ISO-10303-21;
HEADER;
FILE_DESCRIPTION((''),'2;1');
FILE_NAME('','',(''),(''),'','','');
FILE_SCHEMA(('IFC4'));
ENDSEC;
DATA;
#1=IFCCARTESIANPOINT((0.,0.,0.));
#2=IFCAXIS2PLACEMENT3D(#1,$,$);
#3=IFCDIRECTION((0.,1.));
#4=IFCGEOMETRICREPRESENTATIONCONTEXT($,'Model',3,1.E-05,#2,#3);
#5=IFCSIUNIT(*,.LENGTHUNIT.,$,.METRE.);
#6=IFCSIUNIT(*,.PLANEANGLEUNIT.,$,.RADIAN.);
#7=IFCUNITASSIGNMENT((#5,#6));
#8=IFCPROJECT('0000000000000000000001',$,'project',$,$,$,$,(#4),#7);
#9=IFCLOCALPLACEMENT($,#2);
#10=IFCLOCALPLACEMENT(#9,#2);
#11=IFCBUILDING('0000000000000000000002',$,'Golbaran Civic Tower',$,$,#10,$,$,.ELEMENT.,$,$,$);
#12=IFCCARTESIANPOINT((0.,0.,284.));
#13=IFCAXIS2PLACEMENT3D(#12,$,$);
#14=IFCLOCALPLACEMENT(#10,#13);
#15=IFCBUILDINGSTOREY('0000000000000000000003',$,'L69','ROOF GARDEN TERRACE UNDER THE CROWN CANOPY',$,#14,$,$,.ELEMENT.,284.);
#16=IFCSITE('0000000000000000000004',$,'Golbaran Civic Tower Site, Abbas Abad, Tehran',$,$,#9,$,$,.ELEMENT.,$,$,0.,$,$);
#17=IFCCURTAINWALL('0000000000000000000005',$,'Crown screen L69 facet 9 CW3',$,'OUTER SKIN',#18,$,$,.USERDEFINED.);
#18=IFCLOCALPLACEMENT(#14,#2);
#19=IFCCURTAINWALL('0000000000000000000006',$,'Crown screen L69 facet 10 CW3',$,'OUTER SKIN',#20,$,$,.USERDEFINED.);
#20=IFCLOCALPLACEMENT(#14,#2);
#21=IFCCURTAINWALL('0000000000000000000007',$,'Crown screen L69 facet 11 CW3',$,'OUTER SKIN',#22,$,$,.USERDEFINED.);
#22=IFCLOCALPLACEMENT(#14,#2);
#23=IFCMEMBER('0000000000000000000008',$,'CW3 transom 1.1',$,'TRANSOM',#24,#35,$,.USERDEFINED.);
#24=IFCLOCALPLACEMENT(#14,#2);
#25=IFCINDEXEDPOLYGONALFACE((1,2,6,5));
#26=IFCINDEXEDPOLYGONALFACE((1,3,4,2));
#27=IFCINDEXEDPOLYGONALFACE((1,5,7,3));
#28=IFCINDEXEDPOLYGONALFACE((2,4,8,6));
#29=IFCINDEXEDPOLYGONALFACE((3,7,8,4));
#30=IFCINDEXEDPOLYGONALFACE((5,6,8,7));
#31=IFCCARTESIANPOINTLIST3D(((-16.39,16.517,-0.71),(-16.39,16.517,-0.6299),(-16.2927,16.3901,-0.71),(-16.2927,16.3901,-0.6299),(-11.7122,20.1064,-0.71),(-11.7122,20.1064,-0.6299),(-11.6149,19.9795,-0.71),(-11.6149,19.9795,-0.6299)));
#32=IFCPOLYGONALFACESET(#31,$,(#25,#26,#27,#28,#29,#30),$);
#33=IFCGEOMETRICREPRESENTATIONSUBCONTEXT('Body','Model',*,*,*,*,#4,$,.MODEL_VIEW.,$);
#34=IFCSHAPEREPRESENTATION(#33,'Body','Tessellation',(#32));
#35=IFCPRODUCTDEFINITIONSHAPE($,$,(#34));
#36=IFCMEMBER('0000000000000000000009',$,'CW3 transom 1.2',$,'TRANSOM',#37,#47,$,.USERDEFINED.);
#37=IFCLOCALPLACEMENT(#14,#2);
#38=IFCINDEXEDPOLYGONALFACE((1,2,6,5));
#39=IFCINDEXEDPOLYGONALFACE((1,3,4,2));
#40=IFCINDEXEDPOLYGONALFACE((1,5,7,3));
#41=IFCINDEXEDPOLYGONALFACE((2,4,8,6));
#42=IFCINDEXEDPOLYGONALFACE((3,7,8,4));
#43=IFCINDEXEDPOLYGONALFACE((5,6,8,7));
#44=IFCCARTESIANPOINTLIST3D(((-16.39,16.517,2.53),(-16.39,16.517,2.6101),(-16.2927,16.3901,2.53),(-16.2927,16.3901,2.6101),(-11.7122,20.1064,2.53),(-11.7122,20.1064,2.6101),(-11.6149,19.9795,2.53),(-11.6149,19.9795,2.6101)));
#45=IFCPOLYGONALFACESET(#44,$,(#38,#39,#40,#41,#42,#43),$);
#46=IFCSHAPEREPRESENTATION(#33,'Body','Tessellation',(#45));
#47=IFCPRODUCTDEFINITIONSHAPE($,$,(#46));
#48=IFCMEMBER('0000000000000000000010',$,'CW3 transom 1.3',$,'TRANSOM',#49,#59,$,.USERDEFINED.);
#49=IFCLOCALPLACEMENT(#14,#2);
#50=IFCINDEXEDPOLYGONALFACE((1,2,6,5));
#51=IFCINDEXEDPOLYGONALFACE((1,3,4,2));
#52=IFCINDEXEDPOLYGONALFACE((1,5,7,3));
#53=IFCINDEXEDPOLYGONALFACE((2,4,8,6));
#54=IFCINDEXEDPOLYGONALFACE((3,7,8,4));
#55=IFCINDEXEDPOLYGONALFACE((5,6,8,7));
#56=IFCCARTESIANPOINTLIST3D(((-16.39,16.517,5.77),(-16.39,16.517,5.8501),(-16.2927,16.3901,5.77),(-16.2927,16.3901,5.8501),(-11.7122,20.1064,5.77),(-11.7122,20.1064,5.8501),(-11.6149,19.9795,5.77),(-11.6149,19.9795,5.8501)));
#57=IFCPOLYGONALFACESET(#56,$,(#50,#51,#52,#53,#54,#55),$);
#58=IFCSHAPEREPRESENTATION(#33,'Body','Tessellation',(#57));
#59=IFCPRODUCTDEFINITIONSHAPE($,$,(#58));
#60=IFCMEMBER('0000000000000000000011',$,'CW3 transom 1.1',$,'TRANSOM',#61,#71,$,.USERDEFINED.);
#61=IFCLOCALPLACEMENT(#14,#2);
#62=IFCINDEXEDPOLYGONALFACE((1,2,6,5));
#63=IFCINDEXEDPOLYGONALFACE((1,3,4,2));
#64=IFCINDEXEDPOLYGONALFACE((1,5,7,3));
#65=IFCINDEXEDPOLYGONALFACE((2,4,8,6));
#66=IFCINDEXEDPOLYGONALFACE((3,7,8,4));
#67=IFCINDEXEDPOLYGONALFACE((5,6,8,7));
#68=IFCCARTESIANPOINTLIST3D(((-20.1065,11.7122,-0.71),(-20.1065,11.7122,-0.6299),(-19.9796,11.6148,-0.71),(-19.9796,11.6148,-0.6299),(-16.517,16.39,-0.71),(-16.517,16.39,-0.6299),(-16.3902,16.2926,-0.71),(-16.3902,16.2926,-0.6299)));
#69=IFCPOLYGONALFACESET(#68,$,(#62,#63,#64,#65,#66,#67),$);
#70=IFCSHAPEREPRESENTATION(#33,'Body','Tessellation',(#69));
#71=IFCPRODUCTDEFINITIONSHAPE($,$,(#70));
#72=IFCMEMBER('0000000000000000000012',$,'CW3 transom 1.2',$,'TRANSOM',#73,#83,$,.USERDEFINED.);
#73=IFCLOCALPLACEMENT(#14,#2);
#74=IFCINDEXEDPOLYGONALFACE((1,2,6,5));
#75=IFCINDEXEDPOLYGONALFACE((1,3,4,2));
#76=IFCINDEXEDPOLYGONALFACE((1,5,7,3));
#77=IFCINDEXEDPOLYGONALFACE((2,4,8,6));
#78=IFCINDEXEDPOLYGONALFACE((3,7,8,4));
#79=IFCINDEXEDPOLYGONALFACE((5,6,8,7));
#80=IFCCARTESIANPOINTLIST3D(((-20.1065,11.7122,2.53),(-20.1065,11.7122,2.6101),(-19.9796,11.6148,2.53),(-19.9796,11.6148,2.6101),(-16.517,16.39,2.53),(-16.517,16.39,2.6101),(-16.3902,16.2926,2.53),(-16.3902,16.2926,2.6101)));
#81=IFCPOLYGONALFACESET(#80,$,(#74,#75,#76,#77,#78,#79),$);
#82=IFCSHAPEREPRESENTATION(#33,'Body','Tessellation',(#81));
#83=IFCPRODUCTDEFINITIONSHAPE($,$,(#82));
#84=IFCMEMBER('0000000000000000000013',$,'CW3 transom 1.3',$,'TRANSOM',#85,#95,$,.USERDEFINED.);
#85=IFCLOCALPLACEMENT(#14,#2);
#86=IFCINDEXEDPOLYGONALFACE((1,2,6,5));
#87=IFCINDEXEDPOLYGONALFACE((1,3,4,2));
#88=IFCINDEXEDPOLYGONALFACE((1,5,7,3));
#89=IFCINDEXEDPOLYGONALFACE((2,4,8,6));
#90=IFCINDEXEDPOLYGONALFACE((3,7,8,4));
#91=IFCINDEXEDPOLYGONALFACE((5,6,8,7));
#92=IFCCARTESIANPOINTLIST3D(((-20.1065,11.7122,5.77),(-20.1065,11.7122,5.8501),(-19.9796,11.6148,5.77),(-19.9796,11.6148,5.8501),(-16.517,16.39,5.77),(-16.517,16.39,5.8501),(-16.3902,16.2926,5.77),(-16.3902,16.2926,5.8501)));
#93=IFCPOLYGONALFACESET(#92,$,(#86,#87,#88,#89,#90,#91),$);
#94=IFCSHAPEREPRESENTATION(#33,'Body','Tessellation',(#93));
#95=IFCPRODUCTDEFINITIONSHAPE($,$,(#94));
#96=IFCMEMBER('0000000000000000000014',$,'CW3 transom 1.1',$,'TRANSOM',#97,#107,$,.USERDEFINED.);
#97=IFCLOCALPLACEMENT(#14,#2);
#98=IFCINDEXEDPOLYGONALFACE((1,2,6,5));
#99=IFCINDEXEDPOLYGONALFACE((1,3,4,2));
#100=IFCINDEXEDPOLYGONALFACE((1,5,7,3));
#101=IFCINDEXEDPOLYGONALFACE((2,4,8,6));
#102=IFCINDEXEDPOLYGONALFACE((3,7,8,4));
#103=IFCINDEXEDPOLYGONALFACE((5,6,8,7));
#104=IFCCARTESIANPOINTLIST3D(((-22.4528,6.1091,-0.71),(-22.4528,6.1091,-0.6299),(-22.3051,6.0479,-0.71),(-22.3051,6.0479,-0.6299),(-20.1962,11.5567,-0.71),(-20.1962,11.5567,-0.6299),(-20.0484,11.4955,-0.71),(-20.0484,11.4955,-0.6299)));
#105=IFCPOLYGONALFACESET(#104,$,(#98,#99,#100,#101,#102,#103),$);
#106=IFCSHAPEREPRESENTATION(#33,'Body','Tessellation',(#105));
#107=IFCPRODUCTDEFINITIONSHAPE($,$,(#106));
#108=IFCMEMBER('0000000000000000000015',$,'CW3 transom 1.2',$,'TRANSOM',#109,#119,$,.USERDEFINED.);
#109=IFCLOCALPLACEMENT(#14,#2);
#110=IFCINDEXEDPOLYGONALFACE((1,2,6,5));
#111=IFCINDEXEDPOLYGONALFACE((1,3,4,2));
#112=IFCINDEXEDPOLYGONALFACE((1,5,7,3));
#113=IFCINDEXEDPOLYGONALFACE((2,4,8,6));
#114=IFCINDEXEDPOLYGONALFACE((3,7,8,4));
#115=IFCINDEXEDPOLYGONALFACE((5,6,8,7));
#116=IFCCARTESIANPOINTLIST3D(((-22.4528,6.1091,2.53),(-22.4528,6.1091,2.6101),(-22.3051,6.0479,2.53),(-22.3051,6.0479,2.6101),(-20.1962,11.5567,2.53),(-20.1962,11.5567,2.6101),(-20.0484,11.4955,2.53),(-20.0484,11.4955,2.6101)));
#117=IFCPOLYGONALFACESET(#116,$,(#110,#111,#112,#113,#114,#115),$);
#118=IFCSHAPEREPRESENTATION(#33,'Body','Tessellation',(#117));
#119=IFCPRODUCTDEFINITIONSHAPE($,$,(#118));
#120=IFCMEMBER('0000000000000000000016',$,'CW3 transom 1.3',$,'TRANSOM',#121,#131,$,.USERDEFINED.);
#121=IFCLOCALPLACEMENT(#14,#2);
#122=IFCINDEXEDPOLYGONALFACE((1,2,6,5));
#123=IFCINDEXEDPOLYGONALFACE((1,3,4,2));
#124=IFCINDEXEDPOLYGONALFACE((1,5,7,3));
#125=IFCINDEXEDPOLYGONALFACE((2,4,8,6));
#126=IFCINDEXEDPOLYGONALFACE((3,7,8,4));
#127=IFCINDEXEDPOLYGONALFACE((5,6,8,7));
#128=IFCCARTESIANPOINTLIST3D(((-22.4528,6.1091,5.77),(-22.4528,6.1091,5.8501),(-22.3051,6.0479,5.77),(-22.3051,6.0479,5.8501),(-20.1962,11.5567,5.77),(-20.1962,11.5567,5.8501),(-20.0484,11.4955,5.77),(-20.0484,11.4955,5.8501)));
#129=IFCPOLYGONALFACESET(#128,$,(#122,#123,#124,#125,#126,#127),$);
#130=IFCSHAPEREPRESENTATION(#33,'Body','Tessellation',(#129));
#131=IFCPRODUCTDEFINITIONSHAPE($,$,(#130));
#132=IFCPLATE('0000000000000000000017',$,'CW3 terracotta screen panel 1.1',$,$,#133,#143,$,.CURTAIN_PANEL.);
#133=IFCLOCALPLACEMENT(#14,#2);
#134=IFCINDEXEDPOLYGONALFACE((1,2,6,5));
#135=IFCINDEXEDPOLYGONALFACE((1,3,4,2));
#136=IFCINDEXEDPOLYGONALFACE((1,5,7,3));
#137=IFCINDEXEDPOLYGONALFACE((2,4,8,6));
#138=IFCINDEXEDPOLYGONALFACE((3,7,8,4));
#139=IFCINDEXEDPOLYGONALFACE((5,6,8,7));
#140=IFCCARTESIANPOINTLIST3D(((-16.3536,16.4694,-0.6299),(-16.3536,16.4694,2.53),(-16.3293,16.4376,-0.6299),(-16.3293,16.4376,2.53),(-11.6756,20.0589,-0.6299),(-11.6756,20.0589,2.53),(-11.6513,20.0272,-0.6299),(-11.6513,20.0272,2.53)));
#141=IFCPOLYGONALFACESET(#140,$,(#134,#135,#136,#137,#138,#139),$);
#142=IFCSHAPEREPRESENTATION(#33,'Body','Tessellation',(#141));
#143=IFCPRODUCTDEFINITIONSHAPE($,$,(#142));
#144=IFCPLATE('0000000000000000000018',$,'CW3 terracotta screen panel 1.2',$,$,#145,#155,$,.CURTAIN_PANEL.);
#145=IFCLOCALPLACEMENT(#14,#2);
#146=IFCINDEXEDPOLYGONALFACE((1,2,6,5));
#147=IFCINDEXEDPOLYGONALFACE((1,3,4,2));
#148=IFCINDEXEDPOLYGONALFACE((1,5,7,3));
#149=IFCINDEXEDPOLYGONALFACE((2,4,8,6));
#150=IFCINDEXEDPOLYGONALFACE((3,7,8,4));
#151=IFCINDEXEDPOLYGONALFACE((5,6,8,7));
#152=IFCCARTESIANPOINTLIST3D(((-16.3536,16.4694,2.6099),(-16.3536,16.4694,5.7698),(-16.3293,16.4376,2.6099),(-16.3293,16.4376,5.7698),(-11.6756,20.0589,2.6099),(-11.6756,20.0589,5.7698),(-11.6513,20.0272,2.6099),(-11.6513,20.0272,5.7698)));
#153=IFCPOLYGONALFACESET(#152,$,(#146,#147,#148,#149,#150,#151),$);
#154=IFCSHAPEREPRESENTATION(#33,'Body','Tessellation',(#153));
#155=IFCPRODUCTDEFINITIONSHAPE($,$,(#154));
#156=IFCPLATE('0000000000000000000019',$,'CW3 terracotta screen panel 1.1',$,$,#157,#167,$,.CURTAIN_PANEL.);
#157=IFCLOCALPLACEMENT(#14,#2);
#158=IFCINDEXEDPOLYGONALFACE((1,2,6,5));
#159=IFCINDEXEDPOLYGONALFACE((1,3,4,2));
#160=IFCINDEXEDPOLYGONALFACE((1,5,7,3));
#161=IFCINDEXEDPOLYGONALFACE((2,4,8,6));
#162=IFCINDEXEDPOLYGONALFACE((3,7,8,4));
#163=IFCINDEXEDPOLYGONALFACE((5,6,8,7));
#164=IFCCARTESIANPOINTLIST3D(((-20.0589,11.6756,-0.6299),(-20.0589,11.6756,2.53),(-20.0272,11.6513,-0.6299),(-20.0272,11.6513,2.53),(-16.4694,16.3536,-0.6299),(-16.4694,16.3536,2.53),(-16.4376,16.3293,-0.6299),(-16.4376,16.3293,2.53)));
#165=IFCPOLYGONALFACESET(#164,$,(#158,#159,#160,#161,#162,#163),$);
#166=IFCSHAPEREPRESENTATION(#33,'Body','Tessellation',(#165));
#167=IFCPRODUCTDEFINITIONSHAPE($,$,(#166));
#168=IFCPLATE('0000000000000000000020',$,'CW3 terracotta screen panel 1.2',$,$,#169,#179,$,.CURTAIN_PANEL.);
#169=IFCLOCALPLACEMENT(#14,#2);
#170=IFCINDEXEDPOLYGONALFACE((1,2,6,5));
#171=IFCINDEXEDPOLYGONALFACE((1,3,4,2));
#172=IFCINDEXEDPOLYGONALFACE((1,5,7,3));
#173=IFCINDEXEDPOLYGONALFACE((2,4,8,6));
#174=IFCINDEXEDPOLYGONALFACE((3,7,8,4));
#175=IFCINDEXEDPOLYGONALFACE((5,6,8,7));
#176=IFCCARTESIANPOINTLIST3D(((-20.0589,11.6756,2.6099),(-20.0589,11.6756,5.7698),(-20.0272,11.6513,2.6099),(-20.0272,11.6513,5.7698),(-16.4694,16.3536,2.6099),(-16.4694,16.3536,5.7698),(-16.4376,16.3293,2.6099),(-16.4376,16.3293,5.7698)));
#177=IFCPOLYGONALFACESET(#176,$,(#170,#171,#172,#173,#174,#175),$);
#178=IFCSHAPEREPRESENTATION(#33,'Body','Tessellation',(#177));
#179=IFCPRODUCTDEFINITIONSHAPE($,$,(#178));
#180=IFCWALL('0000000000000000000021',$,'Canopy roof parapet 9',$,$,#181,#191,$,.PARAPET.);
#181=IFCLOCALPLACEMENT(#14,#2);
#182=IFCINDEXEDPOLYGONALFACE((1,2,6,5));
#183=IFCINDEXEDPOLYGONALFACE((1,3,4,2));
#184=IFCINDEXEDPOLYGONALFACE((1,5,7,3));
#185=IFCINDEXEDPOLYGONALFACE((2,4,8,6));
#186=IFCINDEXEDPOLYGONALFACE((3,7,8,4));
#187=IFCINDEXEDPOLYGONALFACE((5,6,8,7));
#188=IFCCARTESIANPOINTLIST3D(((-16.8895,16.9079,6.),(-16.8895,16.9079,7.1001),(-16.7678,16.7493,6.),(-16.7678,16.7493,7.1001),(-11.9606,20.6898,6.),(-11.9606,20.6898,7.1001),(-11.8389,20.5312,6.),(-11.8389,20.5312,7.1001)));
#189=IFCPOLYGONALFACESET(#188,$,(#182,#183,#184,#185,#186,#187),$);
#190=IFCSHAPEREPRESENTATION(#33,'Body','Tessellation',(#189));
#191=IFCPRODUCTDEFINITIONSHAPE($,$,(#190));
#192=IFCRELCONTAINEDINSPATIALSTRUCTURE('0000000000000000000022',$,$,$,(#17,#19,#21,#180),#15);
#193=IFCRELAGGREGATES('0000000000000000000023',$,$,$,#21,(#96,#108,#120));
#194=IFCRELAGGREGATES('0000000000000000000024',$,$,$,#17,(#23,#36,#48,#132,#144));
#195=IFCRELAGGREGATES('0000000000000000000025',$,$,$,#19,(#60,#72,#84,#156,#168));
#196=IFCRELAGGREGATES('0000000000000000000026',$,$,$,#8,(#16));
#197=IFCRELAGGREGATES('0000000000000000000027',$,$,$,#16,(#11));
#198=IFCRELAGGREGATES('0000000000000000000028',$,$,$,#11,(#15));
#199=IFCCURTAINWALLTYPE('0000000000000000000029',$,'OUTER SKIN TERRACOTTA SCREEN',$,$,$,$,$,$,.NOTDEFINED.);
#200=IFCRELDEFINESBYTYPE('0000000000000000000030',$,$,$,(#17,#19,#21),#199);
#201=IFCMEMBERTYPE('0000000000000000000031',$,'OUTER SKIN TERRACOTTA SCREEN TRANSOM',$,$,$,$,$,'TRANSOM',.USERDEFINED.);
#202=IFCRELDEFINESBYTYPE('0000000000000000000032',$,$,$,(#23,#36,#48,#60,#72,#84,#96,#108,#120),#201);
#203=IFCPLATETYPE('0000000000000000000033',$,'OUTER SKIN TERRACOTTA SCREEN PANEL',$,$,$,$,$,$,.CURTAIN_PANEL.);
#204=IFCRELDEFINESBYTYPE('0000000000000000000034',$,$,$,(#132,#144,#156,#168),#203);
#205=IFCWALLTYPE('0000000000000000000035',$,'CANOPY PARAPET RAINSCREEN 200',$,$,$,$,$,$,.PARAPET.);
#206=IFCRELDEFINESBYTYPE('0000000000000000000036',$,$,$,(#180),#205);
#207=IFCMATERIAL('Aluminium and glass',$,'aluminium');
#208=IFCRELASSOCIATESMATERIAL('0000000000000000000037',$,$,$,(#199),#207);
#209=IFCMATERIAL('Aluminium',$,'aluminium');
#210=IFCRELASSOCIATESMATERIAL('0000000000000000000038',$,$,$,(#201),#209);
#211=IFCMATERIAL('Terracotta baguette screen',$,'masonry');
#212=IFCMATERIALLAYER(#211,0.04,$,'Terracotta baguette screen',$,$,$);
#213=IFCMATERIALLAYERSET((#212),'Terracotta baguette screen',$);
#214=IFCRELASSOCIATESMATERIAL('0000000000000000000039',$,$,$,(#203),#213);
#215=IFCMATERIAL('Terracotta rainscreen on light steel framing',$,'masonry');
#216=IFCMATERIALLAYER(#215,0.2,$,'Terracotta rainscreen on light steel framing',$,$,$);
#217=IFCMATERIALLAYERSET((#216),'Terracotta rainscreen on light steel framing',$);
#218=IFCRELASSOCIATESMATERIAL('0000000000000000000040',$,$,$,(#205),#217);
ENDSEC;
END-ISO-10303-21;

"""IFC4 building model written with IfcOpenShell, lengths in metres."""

from ifc_helpers import new_model, si_unit, direction, frame, frame_2d, origin, origin_2d, place, context, subcontext, project, spatial, rectangle, extrude, material, layer, layer_set, material_profile, profile_set, type_object, element, aggregate, save


model = new_model("IFC4")

# Units and contexts
model_context = context("Model", 3, precision=1e-05, world=origin(), true_north=direction((0.0, 1.0)))
body_context = subcontext(model_context, "Body", "Model", "MODEL_VIEW")
ifc_project = project(units=[si_unit("LENGTHUNIT", "METRE"), si_unit("PLANEANGLEUNIT", "RADIAN")], contexts=[model_context])

# Site, building, storey
site_placement = place(None, origin())
site = spatial("IfcSite", under=ifc_project, at=site_placement, Name="Golbaran Civic Tower Site, Abbas Abad, Tehran", CompositionType="ELEMENT", RefElevation=0.0)
building_placement = place(site_placement, origin())
building = spatial("IfcBuilding", under=site, at=building_placement, Name="Golbaran Civic Tower", CompositionType="ELEMENT")
storey_placement = place(building_placement, frame((0.0, 0.0, 284.0)))
storey = spatial("IfcBuildingStorey", under=building, at=storey_placement, Name="L69", Description="ROOF GARDEN TERRACE UNDER THE CROWN CANOPY", CompositionType="ELEMENT", Elevation=284.0)

# Curtain walls
ifc_material_1 = material(Name="Aluminium and glass", Category="aluminium")
curtain_wall_type = type_object("IfcCurtainWallType", Name="OUTER SKIN TERRACOTTA SCREEN", PredefinedType="NOTDEFINED", material=ifc_material_1)
curtain_wall_1_placement = place(storey_placement, origin())
curtain_wall_1 = element("IfcCurtainWall", 1, at=curtain_wall_1_placement, inside=storey, type_object=curtain_wall_type, Name="Crown screen L69 facet 9 CW3", ObjectType="OUTER SKIN", PredefinedType="USERDEFINED")
ifc_material_2 = material(Name="Aluminium", Category="aluminium")
curtain_wall_2_placement = place(storey_placement, origin())
curtain_wall_2 = element("IfcCurtainWall", 2, at=curtain_wall_2_placement, inside=storey, type_object=curtain_wall_type, Name="Crown screen L69 facet 10 CW3", ObjectType="OUTER SKIN", PredefinedType="USERDEFINED")

# Curtain wall
curtain_wall_3_placement = place(storey_placement, origin())
curtain_wall_3 = element("IfcCurtainWall", 3, at=curtain_wall_3_placement, inside=storey, type_object=curtain_wall_type, Name="Crown screen L69 facet 11 CW3", ObjectType="OUTER SKIN", PredefinedType="USERDEFINED")

# Members
ifc_material_profile_1 = material_profile(ifc_material_2, rectangle(XDim=0.1599, YDim=0.0801, at=origin_2d()), Name="OUTER SKIN TERRACOTTA SCREEN TRANSOM")
ifc_profile_set_1 = profile_set([ifc_material_profile_1], Name="Aluminium")
member_type_1 = type_object("IfcMemberType", Name="OUTER SKIN TERRACOTTA SCREEN TRANSOM", ElementType="TRANSOM", PredefinedType="USERDEFINED", material=ifc_profile_set_1)
member_1_placement = place(storey_placement, frame((-11.6636, 20.043, -0.6699), z_axis=(-0.793353, -0.608762, 0.0), x_axis=(0.608762, -0.793353, 0.0)))
member_1 = element("IfcMember", 4, at=member_1_placement, type_object=member_type_1, Name="CW3 transom 1.1", ObjectType="TRANSOM", PredefinedType="USERDEFINED", context=body_context, shape_type="SweptSolid", body=[
    extrude(rectangle(XDim=0.1599, YDim=0.0801, at=origin_2d()), origin(), (0.0, 0.0, 1.0), 5.8962),
])
member_2_placement = place(storey_placement, frame((-11.6636, 20.043, 2.5701), z_axis=(-0.793353, -0.608762, 0.0), x_axis=(0.608762, -0.793353, 0.0)))
member_2 = element("IfcMember", 5, at=member_2_placement, type_object=member_type_1, Name="CW3 transom 1.2", ObjectType="TRANSOM", PredefinedType="USERDEFINED", context=body_context, shape_type="SweptSolid", body=[
    extrude(rectangle(XDim=0.1599, YDim=0.0801, at=origin_2d()), origin(), (0.0, 0.0, 1.0), 5.8962),
])
member_3_placement = place(storey_placement, frame((-11.6636, 20.043, 5.8101), z_axis=(-0.793353, -0.608762, 0.0), x_axis=(0.608762, -0.793353, 0.0)))
member_3 = element("IfcMember", 6, at=member_3_placement, type_object=member_type_1, Name="CW3 transom 1.3", ObjectType="TRANSOM", PredefinedType="USERDEFINED", context=body_context, shape_type="SweptSolid", body=[
    extrude(rectangle(XDim=0.1599, YDim=0.0801, at=origin_2d()), origin(), (0.0, 0.0, 1.0), 5.8962),
])
member_4_placement = place(storey_placement, frame((-16.4536, 16.3413, -0.6699), z_axis=(-0.608762, -0.793353, 0.0), x_axis=(0.793353, -0.608762, 0.0)))
member_4 = element("IfcMember", 7, at=member_4_placement, type_object=member_type_1, Name="CW3 transom 1.1", ObjectType="TRANSOM", PredefinedType="USERDEFINED", context=body_context, shape_type="SweptSolid", body=[
    extrude(rectangle(XDim=0.1599, YDim=0.0801, at=origin_2d()), origin(), (0.0, 0.0, 1.0), 5.8962),
])
member_5_placement = place(storey_placement, frame((-16.4536, 16.3413, 2.5701), z_axis=(-0.608762, -0.793353, 0.0), x_axis=(0.793353, -0.608762, 0.0)))
member_5 = element("IfcMember", 8, at=member_5_placement, type_object=member_type_1, Name="CW3 transom 1.2", ObjectType="TRANSOM", PredefinedType="USERDEFINED", context=body_context, shape_type="SweptSolid", body=[
    extrude(rectangle(XDim=0.1599, YDim=0.0801, at=origin_2d()), origin(), (0.0, 0.0, 1.0), 5.8962),
])
member_6_placement = place(storey_placement, frame((-16.4536, 16.3413, 5.8101), z_axis=(-0.608762, -0.793353, 0.0), x_axis=(0.793353, -0.608762, 0.0)))
member_6 = element("IfcMember", 9, at=member_6_placement, type_object=member_type_1, Name="CW3 transom 1.3", ObjectType="TRANSOM", PredefinedType="USERDEFINED", context=body_context, shape_type="SweptSolid", body=[
    extrude(rectangle(XDim=0.1599, YDim=0.0801, at=origin_2d()), origin(), (0.0, 0.0, 1.0), 5.8962),
])
member_7_placement = place(storey_placement, frame((-20.1223, 11.5261, -0.6699), z_axis=(-0.382707, -0.92387, 0.0), x_axis=(0.92387, -0.382707, 0.0)))
member_7 = element("IfcMember", 10, at=member_7_placement, type_object=member_type_1, Name="CW3 transom 1.1", ObjectType="TRANSOM", PredefinedType="USERDEFINED", context=body_context, shape_type="SweptSolid", body=[
    extrude(rectangle(XDim=0.1599, YDim=0.0801, at=origin_2d()), origin(), (0.0, 0.0, 1.0), 5.8965),
])
member_8_placement = place(storey_placement, frame((-20.1223, 11.5261, 2.5701), z_axis=(-0.382707, -0.92387, 0.0), x_axis=(0.92387, -0.382707, 0.0)))
member_8 = element("IfcMember", 11, at=member_8_placement, type_object=member_type_1, Name="CW3 transom 1.2", ObjectType="TRANSOM", PredefinedType="USERDEFINED", context=body_context, shape_type="SweptSolid", body=[
    extrude(rectangle(XDim=0.1599, YDim=0.0801, at=origin_2d()), origin(), (0.0, 0.0, 1.0), 5.8965),
])
member_9_placement = place(storey_placement, frame((-20.1223, 11.5261, 5.8101), z_axis=(-0.382707, -0.92387, 0.0), x_axis=(0.92387, -0.382707, 0.0)))
member_9 = element("IfcMember", 12, at=member_9_placement, type_object=member_type_1, Name="CW3 transom 1.3", ObjectType="TRANSOM", PredefinedType="USERDEFINED", context=body_context, shape_type="SweptSolid", body=[
    extrude(rectangle(XDim=0.1599, YDim=0.0801, at=origin_2d()), origin(), (0.0, 0.0, 1.0), 5.8965),
])
aggregate(curtain_wall_3, [member_7, member_8, member_9])

# Plates
ifc_material_3 = material(Name="Terracotta baguette screen", Category="masonry")
ifc_layer_1 = layer(ifc_material_3, 0.04, Name="Terracotta baguette screen")
ifc_layer_set_1 = layer_set([ifc_layer_1], Name="Terracotta baguette screen")
plate_type = type_object("IfcPlateType", Name="OUTER SKIN TERRACOTTA SCREEN PANEL", PredefinedType="CURTAIN_PANEL", material=ifc_layer_set_1)
plate_1_placement = place(storey_placement, frame((-14.0024, 18.2483, -0.6299), z_axis=(0.0, 0.0, 1.0), x_axis=(-0.793353, -0.608761, 0.0)))
plate_1 = element("IfcPlate", 13, at=plate_1_placement, type_object=plate_type, Name="CW3 terracotta screen panel 1.1", PredefinedType="CURTAIN_PANEL", context=body_context, shape_type="SweptSolid", body=[
    extrude(rectangle(XDim=5.8965, YDim=0.04, at=origin_2d()), origin(), (0.0, 0.0, 1.0), 3.1599),
])
plate_2_placement = place(storey_placement, frame((-14.0024, 18.2483, 2.6099), z_axis=(0.0, 0.0, 1.0), x_axis=(-0.793353, -0.608761, 0.0)))
plate_2 = element("IfcPlate", 14, at=plate_2_placement, type_object=plate_type, Name="CW3 terracotta screen panel 1.2", PredefinedType="CURTAIN_PANEL", context=body_context, shape_type="SweptSolid", body=[
    extrude(rectangle(XDim=5.8965, YDim=0.04, at=origin_2d()), origin(), (0.0, 0.0, 1.0), 3.1599),
])
aggregate(curtain_wall_1, [member_1, member_2, member_3, plate_1, plate_2])
plate_3_placement = place(storey_placement, frame((-18.2483, 14.0024, -0.6299), z_axis=(0.0, 0.0, 1.0), x_axis=(-0.608761, -0.793353, 0.0)))
plate_3 = element("IfcPlate", 15, at=plate_3_placement, type_object=plate_type, Name="CW3 terracotta screen panel 1.1", PredefinedType="CURTAIN_PANEL", context=body_context, shape_type="SweptSolid", body=[
    extrude(rectangle(XDim=5.8965, YDim=0.04, at=origin_2d()), origin(), (0.0, 0.0, 1.0), 3.1599),
])
plate_4_placement = place(storey_placement, frame((-18.2483, 14.0024, 2.6099), z_axis=(0.0, 0.0, 1.0), x_axis=(-0.608761, -0.793353, 0.0)))
plate_4 = element("IfcPlate", 16, at=plate_4_placement, type_object=plate_type, Name="CW3 terracotta screen panel 1.2", PredefinedType="CURTAIN_PANEL", context=body_context, shape_type="SweptSolid", body=[
    extrude(rectangle(XDim=5.8965, YDim=0.04, at=origin_2d()), origin(), (0.0, 0.0, 1.0), 3.1599),
])
aggregate(curtain_wall_2, [member_4, member_5, member_6, plate_3, plate_4])

# Wall
ifc_material_4 = material(Name="Terracotta rainscreen on light steel framing", Category="masonry")
ifc_layer_2 = layer(ifc_material_4, 0.2, Name="Terracotta rainscreen on light steel framing")
ifc_layer_set_2 = layer_set([ifc_layer_2], Name="Terracotta rainscreen on light steel framing")
wall_type = type_object("IfcWallType", Name="CANOPY PARAPET RAINSCREEN 200", PredefinedType="PARAPET", material=ifc_layer_set_2)
for number, where, z_axis, x_axis, name in (
    (17, (-11.8997, 20.6106, 6.0), (0.0, 0.0, 1.0), (-0.793364, -0.608747, 0.0), "Canopy roof parapet 9"),
):
    element("IfcWall", number, at=place(storey_placement, frame(where, z_axis=z_axis, x_axis=x_axis)), inside=storey, type_object=wall_type, Name=name, PredefinedType="PARAPET", context=body_context, shape_type="SweptSolid", body=[
        extrude(rectangle(XDim=6.2126, YDim=0.2, at=frame_2d((3.1064, 0.0))), origin(), (0.0, 0.0, 1.0), 1.1001),
    ])

save(model, "model.ifc")
